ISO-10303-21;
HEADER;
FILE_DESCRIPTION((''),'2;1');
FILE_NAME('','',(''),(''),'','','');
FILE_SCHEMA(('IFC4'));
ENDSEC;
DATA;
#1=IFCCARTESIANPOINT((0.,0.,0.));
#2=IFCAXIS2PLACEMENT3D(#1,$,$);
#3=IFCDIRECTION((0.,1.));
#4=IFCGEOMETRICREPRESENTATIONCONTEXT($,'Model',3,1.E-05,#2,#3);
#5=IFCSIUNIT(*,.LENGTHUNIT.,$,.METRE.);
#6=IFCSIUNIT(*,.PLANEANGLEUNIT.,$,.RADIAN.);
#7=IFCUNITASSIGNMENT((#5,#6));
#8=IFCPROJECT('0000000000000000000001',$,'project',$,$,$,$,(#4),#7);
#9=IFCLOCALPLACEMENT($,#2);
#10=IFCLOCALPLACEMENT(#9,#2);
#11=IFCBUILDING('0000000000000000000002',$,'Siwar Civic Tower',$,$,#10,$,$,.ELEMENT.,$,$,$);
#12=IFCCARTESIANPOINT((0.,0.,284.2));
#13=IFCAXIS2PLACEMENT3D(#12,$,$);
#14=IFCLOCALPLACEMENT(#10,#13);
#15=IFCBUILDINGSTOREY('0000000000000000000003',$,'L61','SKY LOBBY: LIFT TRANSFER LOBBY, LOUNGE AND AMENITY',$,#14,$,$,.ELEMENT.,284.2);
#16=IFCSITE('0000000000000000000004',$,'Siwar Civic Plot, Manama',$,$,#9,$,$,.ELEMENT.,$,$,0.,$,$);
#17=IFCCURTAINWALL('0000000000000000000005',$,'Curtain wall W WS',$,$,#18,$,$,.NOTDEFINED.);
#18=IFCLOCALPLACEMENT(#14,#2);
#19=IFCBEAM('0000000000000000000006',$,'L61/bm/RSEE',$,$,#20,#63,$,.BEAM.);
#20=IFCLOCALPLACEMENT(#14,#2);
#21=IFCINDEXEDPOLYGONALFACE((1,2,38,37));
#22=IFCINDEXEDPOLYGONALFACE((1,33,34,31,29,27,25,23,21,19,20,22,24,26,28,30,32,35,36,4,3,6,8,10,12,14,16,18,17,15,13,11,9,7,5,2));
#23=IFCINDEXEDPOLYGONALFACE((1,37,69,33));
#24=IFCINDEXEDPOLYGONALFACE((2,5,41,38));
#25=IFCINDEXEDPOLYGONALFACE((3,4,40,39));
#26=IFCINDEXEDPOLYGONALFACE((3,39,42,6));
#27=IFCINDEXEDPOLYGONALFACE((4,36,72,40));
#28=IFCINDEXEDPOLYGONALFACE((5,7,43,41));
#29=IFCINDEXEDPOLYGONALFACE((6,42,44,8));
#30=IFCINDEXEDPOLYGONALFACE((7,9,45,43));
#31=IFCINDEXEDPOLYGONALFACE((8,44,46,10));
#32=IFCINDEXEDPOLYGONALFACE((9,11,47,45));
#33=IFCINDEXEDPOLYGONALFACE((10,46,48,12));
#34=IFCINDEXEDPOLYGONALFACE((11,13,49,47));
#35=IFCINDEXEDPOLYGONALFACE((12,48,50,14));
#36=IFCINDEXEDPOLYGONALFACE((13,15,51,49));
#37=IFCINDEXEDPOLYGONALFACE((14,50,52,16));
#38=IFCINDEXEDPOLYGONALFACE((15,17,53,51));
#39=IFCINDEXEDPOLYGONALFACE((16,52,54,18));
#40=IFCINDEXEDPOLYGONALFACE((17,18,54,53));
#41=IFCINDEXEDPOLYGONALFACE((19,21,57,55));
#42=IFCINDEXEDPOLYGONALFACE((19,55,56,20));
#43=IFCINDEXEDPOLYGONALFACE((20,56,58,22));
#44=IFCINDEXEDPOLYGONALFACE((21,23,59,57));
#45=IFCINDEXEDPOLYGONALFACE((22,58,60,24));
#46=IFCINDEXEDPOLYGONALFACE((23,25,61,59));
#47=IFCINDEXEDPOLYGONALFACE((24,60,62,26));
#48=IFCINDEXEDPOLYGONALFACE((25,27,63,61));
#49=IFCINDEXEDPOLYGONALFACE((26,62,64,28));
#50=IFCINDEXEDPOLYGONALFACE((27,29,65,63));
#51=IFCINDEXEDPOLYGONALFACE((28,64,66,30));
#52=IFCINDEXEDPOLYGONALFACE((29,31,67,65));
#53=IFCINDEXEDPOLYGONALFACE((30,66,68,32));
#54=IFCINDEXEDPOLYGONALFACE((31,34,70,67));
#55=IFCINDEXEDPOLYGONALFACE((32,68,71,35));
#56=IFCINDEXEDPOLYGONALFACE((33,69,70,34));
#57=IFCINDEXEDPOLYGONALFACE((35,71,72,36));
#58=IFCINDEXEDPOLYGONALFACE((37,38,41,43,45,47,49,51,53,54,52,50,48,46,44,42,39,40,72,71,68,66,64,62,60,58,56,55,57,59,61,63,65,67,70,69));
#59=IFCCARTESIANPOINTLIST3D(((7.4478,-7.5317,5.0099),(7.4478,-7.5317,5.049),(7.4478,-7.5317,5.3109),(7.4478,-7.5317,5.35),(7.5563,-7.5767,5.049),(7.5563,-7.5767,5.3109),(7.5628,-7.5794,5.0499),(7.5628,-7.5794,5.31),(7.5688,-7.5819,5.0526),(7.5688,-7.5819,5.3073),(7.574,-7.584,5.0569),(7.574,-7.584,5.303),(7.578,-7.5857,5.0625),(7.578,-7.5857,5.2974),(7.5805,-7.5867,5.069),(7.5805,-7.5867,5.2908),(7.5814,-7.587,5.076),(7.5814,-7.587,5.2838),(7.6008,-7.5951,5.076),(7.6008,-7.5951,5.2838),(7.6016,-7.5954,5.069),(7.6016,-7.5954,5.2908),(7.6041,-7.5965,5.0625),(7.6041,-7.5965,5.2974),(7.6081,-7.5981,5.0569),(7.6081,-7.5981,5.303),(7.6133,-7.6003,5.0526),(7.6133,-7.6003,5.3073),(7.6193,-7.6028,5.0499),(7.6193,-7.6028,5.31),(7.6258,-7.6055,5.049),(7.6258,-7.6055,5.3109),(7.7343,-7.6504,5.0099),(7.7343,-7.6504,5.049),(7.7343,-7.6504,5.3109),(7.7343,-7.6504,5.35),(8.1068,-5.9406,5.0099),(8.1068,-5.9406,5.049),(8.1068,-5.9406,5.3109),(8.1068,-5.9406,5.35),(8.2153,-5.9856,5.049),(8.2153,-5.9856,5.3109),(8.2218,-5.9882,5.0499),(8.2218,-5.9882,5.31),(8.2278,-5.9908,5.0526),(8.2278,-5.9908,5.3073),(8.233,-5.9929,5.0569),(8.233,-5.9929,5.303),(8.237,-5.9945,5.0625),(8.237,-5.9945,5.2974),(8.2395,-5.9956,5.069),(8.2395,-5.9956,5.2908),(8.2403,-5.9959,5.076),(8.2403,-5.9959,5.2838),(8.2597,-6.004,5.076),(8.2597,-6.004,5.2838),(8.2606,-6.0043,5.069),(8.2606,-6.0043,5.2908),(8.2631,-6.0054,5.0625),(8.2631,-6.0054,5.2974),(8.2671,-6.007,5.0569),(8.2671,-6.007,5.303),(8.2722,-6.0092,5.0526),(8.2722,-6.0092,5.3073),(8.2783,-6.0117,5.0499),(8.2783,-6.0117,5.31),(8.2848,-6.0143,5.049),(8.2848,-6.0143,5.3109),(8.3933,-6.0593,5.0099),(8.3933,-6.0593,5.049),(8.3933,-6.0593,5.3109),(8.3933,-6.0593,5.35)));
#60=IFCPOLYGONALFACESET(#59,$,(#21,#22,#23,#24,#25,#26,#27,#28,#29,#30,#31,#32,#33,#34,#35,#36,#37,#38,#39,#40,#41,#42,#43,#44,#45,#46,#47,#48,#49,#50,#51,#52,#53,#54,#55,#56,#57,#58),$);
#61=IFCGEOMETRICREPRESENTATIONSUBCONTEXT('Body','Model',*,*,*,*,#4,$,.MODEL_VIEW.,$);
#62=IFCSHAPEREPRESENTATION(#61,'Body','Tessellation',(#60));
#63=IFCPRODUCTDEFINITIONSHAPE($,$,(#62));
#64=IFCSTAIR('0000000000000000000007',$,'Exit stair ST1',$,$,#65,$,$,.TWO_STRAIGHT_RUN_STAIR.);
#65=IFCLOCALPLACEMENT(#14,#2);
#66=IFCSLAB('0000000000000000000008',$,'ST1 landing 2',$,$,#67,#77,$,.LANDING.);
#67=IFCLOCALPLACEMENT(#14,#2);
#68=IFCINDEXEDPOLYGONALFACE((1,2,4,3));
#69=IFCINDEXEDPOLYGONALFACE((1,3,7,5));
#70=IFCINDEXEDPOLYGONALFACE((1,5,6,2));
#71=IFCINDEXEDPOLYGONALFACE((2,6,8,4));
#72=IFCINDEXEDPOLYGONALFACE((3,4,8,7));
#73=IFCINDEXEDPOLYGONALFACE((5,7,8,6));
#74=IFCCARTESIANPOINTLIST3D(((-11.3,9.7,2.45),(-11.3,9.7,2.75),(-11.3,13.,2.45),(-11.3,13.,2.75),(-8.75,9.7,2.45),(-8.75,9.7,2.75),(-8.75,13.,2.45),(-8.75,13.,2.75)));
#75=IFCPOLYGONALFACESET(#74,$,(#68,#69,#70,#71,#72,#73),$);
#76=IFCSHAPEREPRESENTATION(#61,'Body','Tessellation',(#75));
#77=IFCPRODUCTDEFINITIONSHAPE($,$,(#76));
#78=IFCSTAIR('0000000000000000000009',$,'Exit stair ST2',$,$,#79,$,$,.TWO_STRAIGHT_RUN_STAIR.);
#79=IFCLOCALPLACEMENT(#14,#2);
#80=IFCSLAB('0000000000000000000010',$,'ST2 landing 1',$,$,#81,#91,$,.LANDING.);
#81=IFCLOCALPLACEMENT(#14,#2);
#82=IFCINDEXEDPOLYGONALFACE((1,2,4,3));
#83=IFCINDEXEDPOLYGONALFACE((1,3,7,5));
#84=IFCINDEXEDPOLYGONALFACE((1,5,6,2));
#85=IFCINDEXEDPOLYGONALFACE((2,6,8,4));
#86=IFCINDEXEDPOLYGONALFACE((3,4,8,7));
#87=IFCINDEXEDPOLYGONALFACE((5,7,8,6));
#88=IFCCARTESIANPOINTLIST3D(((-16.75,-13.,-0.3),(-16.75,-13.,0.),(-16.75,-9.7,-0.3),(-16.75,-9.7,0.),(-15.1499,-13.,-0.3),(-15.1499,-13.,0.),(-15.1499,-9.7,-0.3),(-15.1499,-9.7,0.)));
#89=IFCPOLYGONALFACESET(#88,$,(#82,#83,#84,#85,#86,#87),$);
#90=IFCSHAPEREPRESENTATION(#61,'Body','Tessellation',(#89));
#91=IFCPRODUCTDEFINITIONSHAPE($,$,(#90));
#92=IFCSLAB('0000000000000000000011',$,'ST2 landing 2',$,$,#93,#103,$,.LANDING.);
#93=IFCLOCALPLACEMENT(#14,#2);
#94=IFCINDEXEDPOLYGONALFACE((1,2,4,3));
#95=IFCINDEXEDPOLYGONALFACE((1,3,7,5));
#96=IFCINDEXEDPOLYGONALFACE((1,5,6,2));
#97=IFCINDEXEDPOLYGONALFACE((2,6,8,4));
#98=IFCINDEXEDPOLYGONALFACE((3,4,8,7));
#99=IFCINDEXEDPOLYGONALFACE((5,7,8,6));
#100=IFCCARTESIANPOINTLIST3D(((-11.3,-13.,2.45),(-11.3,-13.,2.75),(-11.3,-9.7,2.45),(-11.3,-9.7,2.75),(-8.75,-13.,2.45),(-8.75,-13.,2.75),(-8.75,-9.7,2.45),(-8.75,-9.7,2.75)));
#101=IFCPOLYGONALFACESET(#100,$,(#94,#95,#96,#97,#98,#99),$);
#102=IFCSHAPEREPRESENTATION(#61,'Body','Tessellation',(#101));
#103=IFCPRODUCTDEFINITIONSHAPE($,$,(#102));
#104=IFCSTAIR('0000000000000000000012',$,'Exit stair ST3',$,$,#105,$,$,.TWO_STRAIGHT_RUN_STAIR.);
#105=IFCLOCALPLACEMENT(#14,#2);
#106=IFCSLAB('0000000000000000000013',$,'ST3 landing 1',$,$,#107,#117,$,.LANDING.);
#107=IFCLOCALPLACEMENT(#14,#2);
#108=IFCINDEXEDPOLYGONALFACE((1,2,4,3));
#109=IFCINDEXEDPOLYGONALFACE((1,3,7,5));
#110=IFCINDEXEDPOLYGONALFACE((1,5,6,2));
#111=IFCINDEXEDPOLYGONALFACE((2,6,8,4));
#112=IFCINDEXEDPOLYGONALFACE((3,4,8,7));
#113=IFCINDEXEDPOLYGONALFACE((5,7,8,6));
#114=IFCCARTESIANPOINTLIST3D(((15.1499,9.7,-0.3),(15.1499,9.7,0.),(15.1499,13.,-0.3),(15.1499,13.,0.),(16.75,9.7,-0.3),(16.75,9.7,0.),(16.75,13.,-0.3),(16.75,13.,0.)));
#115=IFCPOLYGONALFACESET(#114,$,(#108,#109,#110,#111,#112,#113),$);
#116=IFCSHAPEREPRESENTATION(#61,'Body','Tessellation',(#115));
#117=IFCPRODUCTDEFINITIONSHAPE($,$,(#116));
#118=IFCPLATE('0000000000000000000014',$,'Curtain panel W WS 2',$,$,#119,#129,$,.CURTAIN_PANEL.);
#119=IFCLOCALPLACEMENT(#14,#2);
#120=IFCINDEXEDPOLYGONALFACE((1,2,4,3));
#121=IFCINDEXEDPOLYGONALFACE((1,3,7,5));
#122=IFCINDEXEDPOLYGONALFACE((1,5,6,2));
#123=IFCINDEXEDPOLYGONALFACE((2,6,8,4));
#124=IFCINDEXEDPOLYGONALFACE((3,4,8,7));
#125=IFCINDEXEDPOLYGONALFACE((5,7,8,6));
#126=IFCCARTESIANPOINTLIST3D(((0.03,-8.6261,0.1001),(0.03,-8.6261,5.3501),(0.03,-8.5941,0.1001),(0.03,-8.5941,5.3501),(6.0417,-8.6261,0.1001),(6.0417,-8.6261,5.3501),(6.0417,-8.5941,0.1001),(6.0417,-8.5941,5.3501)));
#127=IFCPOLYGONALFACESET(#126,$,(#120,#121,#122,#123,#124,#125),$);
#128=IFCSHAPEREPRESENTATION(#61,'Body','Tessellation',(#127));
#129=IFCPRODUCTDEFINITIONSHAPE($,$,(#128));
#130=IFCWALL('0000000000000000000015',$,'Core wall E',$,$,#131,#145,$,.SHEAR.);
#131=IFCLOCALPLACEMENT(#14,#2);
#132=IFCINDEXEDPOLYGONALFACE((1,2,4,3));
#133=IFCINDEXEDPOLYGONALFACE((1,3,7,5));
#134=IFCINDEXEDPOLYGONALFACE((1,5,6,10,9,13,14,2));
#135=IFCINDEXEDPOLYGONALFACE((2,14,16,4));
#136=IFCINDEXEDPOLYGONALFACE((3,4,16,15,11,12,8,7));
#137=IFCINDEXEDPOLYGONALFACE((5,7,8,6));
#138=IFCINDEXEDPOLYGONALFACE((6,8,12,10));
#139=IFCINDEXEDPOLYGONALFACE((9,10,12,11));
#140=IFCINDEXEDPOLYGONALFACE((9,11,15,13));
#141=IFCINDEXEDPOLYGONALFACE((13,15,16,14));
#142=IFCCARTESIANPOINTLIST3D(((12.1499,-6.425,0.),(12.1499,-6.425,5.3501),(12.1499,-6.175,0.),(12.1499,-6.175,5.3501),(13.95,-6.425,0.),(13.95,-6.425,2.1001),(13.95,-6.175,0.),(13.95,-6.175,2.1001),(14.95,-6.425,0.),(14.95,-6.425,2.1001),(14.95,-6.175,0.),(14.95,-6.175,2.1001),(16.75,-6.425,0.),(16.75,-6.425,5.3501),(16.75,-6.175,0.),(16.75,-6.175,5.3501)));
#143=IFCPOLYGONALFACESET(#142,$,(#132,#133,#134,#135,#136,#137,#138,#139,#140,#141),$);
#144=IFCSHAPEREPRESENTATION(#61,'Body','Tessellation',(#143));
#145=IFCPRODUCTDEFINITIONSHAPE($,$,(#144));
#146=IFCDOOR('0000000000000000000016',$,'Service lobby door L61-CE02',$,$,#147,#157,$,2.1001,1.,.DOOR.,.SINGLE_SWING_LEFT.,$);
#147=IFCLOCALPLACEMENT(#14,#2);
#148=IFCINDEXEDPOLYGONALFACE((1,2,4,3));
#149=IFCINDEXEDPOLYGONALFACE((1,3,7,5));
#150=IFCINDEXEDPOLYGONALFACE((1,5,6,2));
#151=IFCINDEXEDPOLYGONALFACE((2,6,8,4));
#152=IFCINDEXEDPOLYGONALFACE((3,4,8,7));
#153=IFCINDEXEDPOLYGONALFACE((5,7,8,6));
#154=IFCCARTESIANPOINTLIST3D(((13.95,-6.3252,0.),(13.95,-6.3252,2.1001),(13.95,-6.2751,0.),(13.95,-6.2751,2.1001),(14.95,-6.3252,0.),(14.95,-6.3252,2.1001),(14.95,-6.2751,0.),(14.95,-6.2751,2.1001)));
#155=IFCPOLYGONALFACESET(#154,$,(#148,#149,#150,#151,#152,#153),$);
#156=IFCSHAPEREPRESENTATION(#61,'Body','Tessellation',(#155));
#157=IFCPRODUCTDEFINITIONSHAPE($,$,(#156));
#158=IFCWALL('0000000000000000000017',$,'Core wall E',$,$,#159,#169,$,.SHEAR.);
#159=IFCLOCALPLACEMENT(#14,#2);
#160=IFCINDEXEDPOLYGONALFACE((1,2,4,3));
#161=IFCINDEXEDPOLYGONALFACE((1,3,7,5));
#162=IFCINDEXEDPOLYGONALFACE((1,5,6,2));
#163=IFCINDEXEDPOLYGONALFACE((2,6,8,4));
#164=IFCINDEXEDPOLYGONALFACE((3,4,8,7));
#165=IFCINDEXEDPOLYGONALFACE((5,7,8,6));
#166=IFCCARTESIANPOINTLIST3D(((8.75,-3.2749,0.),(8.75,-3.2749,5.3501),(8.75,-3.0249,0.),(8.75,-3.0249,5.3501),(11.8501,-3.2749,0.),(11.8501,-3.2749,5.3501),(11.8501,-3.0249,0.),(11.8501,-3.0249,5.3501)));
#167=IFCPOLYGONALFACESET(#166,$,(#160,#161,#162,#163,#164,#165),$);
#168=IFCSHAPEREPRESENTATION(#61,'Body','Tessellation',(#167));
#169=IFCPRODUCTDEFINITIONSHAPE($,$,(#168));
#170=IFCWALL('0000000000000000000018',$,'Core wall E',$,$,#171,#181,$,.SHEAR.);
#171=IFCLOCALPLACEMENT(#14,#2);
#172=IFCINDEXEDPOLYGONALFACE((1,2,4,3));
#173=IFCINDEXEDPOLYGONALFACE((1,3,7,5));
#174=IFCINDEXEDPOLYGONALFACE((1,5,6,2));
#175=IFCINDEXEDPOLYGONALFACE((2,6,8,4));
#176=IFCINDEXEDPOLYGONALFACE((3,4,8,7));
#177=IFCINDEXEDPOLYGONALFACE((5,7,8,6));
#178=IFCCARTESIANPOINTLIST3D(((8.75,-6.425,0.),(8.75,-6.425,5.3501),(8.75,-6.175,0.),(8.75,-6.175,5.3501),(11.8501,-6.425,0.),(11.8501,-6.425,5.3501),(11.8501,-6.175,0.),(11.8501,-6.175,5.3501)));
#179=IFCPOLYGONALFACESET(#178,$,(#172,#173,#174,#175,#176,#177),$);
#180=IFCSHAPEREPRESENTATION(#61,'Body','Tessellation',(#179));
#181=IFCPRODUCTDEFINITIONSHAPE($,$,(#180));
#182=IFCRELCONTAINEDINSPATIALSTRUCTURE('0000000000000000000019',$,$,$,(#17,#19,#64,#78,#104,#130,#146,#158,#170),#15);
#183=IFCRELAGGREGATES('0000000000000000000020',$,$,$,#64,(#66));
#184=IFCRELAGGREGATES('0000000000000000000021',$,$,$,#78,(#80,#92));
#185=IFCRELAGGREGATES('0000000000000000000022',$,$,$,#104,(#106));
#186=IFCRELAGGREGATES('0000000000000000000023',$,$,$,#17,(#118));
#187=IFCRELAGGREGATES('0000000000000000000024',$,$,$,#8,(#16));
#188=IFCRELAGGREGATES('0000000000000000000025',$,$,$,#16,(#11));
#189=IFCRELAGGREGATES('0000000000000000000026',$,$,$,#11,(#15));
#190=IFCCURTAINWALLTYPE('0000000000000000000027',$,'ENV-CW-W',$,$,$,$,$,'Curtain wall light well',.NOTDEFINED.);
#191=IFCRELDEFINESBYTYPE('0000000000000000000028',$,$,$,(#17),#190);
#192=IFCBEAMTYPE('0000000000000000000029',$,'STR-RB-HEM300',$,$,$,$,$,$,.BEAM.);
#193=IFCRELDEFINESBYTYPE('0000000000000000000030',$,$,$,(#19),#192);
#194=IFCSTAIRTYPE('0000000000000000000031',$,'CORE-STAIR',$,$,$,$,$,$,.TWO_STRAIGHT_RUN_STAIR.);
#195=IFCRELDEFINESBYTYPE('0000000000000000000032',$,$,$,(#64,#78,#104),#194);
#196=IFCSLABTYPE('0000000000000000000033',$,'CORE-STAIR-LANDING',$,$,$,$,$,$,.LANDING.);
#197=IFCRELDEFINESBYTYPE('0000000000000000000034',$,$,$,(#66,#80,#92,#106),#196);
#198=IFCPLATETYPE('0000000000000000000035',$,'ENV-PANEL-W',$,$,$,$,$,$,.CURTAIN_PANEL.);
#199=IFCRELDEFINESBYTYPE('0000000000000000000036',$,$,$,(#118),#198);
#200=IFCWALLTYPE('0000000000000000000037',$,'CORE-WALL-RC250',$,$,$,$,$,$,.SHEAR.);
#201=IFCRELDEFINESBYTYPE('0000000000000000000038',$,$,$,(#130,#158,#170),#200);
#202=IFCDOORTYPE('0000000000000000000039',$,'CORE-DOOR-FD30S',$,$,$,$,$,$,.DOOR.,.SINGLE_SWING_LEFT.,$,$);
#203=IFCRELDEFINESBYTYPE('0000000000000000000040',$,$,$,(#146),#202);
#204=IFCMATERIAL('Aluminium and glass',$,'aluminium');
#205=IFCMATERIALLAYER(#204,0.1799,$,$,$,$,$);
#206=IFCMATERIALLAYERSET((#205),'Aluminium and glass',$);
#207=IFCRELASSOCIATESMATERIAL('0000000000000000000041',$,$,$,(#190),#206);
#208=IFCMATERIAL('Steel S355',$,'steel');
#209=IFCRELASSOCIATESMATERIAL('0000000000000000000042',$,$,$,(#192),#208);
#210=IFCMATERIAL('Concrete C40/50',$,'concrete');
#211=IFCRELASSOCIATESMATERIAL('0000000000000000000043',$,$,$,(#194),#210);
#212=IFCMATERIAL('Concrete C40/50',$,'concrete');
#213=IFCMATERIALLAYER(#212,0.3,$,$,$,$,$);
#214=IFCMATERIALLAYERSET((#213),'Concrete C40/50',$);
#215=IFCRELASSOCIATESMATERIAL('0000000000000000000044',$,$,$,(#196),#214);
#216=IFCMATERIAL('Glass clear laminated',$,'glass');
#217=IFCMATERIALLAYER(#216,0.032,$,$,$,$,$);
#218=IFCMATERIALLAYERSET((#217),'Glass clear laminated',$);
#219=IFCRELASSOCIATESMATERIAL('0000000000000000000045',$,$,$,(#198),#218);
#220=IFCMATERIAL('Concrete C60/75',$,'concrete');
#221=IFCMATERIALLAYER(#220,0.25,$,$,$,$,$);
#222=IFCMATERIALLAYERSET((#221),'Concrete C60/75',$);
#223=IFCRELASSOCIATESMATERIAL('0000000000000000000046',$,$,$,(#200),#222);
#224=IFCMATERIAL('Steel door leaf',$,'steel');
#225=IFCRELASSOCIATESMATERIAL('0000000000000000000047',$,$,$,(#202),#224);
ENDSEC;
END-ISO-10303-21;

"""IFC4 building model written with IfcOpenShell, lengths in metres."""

from ifc_helpers import new_model, si_unit, direction, frame, frame_2d, origin, origin_2d, place, context, subcontext, project, spatial, polyline, rectangle, i_section, outline, extrude, material, layer, layer_set, material_profile, profile_set, type_object, element, fill, aggregate, save


model = new_model("IFC4")

# Units and contexts
model_context = context("Model", 3, precision=1e-05, world=origin(), true_north=direction((0.0, 1.0)))
body_context = subcontext(model_context, "Body", "Model", "MODEL_VIEW")
ifc_project = project(units=[si_unit("LENGTHUNIT", "METRE"), si_unit("PLANEANGLEUNIT", "RADIAN")], contexts=[model_context])

# Site, building, storey
site_placement = place(None, origin())
site = spatial("IfcSite", under=ifc_project, at=site_placement, Name="Siwar Civic Plot, Manama", CompositionType="ELEMENT", RefElevation=0.0)
building_placement = place(site_placement, origin())
building = spatial("IfcBuilding", under=site, at=building_placement, Name="Siwar Civic Tower", CompositionType="ELEMENT")
storey_placement = place(building_placement, frame((0.0, 0.0, 284.2)))
storey = spatial("IfcBuildingStorey", under=building, at=storey_placement, Name="L61", Description="SKY LOBBY: LIFT TRANSFER LOBBY, LOUNGE AND AMENITY", CompositionType="ELEMENT", Elevation=284.2)

# Curtain wall
ifc_material_1 = material(Name="Aluminium and glass", Category="aluminium")
ifc_layer_1 = layer(ifc_material_1, 0.1799)
ifc_layer_set_1 = layer_set([ifc_layer_1], Name="Aluminium and glass")
curtain_wall_type = type_object("IfcCurtainWallType", Name="ENV-CW-W", ElementType="Curtain wall light well", PredefinedType="NOTDEFINED", material=ifc_layer_set_1)
curtain_wall_placement = place(storey_placement, origin())
curtain_wall = element("IfcCurtainWall", 1, at=curtain_wall_placement, inside=storey, type_object=curtain_wall_type, Name="Curtain wall W WS", PredefinedType="NOTDEFINED")

# Beam
ifc_material_2 = material(Name="Steel S355", Category="steel")
ifc_material_profile_1 = material_profile(ifc_material_2, i_section(OverallWidth=0.3101, OverallDepth=0.3401, WebThickness=0.021, FlangeThickness=0.0391, FilletRadius=0.0271, at=origin_2d()), Name="HEM300")
ifc_profile_set_1 = profile_set([ifc_material_profile_1], Name="Steel S355")
beam_type_1 = type_object("IfcBeamType", Name="STR-RB-HEM300", PredefinedType="BEAM", material=ifc_profile_set_1)
for number, where, z_axis, x_axis, name in (
    (2, (7.5911, -7.5911, 5.1799), (0.382631, 0.923901, 0.0), (-0.923901, 0.382631, 0.0), "L61/bm/RSEE"),
):
    element("IfcBeam", number, at=place(storey_placement, frame(where, z_axis=z_axis, x_axis=x_axis)), inside=storey, type_object=beam_type_1, Name=name, PredefinedType="BEAM", context=body_context, shape_type="SweptSolid", body=[
        extrude(i_section(OverallWidth=0.3101, OverallDepth=0.3401, WebThickness=0.021, FlangeThickness=0.0391, FilletRadius=0.0271, at=origin_2d()), origin(), (0.0, 0.0, 1.0), 1.7222),
    ])

# Stair, slab
ifc_material_3 = material(Name="Concrete C40/50", Category="concrete")
stair_type = type_object("IfcStairType", Name="CORE-STAIR", PredefinedType="TWO_STRAIGHT_RUN_STAIR", material=ifc_material_3)
stair_1_placement = place(storey_placement, origin())
stair_1 = element("IfcStair", 3, at=stair_1_placement, inside=storey, type_object=stair_type, Name="Exit stair ST1", PredefinedType="TWO_STRAIGHT_RUN_STAIR")
ifc_material_4 = material(Name="Concrete C40/50", Category="concrete")
ifc_layer_2 = layer(ifc_material_4, 0.3)
ifc_layer_set_2 = layer_set([ifc_layer_2], Name="Concrete C40/50")
slab_type = type_object("IfcSlabType", Name="CORE-STAIR-LANDING", PredefinedType="LANDING", material=ifc_layer_set_2)
slab_1_placement = place(storey_placement, frame((0.0, 0.0, 2.45)))
slab_1 = element("IfcSlab", 4, at=slab_1_placement, type_object=slab_type, Name="ST1 landing 2", PredefinedType="LANDING", context=body_context, shape_type="SweptSolid", body=[
    extrude(outline(polyline([(-8.75, 13.0), (-11.3, 13.0), (-11.3, 9.7), (-8.75, 9.7), (-8.75, 13.0)])), origin(), (0.0, 0.0, 1.0), 0.3),
])
aggregate(stair_1, [slab_1])

# Stair, slabs
stair_2_placement = place(storey_placement, origin())
stair_2 = element("IfcStair", 5, at=stair_2_placement, inside=storey, type_object=stair_type, Name="Exit stair ST2", PredefinedType="TWO_STRAIGHT_RUN_STAIR")
slab_2_placement = place(storey_placement, frame((0.0, 0.0, -0.3)))
slab_2 = element("IfcSlab", 6, at=slab_2_placement, type_object=slab_type, Name="ST2 landing 1", PredefinedType="LANDING", context=body_context, shape_type="SweptSolid", body=[
    extrude(outline(polyline([(-15.1499, -9.7), (-16.75, -9.7), (-16.75, -13.0), (-15.1499, -13.0), (-15.1499, -9.7)])), origin(), (0.0, 0.0, 1.0), 0.3),
])
slab_3_placement = place(storey_placement, frame((0.0, 0.0, 2.45)))
slab_3 = element("IfcSlab", 7, at=slab_3_placement, type_object=slab_type, Name="ST2 landing 2", PredefinedType="LANDING", context=body_context, shape_type="SweptSolid", body=[
    extrude(outline(polyline([(-8.75, -9.7), (-11.3, -9.7), (-11.3, -13.0), (-8.75, -13.0), (-8.75, -9.7)])), origin(), (0.0, 0.0, 1.0), 0.3),
])
aggregate(stair_2, [slab_2, slab_3])

# Stair, slab
stair_3_placement = place(storey_placement, origin())
stair_3 = element("IfcStair", 8, at=stair_3_placement, inside=storey, type_object=stair_type, Name="Exit stair ST3", PredefinedType="TWO_STRAIGHT_RUN_STAIR")
slab_4_placement = place(storey_placement, frame((0.0, 0.0, -0.3)))
slab_4 = element("IfcSlab", 9, at=slab_4_placement, type_object=slab_type, Name="ST3 landing 1", PredefinedType="LANDING", context=body_context, shape_type="SweptSolid", body=[
    extrude(outline(polyline([(15.1499, 9.7), (16.75, 9.7), (16.75, 13.0), (15.1499, 13.0), (15.1499, 9.7)])), origin(), (0.0, 0.0, 1.0), 0.3),
])
aggregate(stair_3, [slab_4])

# Plate
ifc_material_5 = material(Name="Glass clear laminated", Category="glass")
ifc_layer_3 = layer(ifc_material_5, 0.032)
ifc_layer_set_3 = layer_set([ifc_layer_3], Name="Glass clear laminated")
plate_type = type_object("IfcPlateType", Name="ENV-PANEL-W", PredefinedType="CURTAIN_PANEL", material=ifc_layer_set_3)
plate_placement = place(storey_placement, frame((3.0359, -8.6101, 0.1001), z_axis=(0.0, 0.0, 1.0), x_axis=(1.0, 0.0, 0.0)))
plate = element("IfcPlate", 10, at=plate_placement, type_object=plate_type, Name="Curtain panel W WS 2", PredefinedType="CURTAIN_PANEL", context=body_context, shape_type="SweptSolid", body=[
    extrude(rectangle(XDim=6.0117, YDim=0.032, at=origin_2d()), origin(), (0.0, 0.0, 1.0), 5.25),
])
aggregate(curtain_wall, [plate])

# Wall, opening, door
ifc_material_6 = material(Name="Concrete C60/75", Category="concrete")
ifc_layer_4 = layer(ifc_material_6, 0.25)
ifc_layer_set_4 = layer_set([ifc_layer_4], Name="Concrete C60/75")
wall_type_1 = type_object("IfcWallType", Name="CORE-WALL-RC250", PredefinedType="SHEAR", material=ifc_layer_set_4)
wall_1_placement = place(storey_placement, frame((12.1499, -6.3, 0.0), z_axis=(0.0, 0.0, 1.0), x_axis=(1.0, 0.0, 0.0)))
wall_1 = element("IfcWall", 11, at=wall_1_placement, inside=storey, type_object=wall_type_1, Name="Core wall E", PredefinedType="SHEAR", context=body_context, shape_type="SweptSolid", body=[
    extrude(rectangle(XDim=4.6001, YDim=0.25, at=frame_2d((2.3, 0.0))), origin(), (0.0, 0.0, 1.0), 5.3501),
])
opening_1_placement = place(wall_1_placement, frame((1.8, 0.0, 0.0)))
opening_1 = element("IfcOpeningElement", 12, at=opening_1_placement, cuts=wall_1, PredefinedType="OPENING", context=body_context, shape_type="SweptSolid", body=[
    extrude(rectangle(XDim=1.0, YDim=2.1001, at=frame_2d((0.5, 1.05))), frame((0.0, 0.135, 0.0), z_axis=(0.0, -1.0, 0.0), x_axis=(1.0, 0.0, 0.0)), (0.0, 0.0, 1.0), 0.27),
])
ifc_material_7 = material(Name="Steel door leaf", Category="steel")
door_type_1 = type_object("IfcDoorType", Name="CORE-DOOR-FD30S", OperationType="SINGLE_SWING_LEFT", PredefinedType="DOOR", material=ifc_material_7)
door_1_placement = place(opening_1_placement, origin())
door_1 = element("IfcDoor", 13, at=door_1_placement, inside=storey, type_object=door_type_1, Name="Service lobby door L61-CE02", OperationType="SINGLE_SWING_LEFT", OverallHeight=2.1001, OverallWidth=1.0, PredefinedType="DOOR", context=body_context, shape_type="SweptSolid", body=[
    extrude(rectangle(XDim=1.0, YDim=2.1001, at=frame_2d((0.5, 1.05))), frame((0.0, 0.0249, 0.0), z_axis=(0.0, -1.0, 0.0), x_axis=(1.0, 0.0, 0.0)), (0.0, 0.0, 1.0), 0.05),
])
fill(opening_1, door_1)

# Walls
for number, where, z_axis, x_axis, name in (
    (14, (8.75, -3.1499, 0.0), (0.0, 0.0, 1.0), (1.0, 0.0, 0.0), "Core wall E"),
    (15, (8.75, -6.3, 0.0), (0.0, 0.0, 1.0), (1.0, 0.0, 0.0), "Core wall E"),
):
    element("IfcWall", number, at=place(storey_placement, frame(where, z_axis=z_axis, x_axis=x_axis)), inside=storey, type_object=wall_type_1, Name=name, PredefinedType="SHEAR", context=body_context, shape_type="SweptSolid", body=[
        extrude(rectangle(XDim=3.1001, YDim=0.25, at=frame_2d((1.55, 0.0))), origin(), (0.0, 0.0, 1.0), 5.3501),
    ])

save(model, "model.ifc")
